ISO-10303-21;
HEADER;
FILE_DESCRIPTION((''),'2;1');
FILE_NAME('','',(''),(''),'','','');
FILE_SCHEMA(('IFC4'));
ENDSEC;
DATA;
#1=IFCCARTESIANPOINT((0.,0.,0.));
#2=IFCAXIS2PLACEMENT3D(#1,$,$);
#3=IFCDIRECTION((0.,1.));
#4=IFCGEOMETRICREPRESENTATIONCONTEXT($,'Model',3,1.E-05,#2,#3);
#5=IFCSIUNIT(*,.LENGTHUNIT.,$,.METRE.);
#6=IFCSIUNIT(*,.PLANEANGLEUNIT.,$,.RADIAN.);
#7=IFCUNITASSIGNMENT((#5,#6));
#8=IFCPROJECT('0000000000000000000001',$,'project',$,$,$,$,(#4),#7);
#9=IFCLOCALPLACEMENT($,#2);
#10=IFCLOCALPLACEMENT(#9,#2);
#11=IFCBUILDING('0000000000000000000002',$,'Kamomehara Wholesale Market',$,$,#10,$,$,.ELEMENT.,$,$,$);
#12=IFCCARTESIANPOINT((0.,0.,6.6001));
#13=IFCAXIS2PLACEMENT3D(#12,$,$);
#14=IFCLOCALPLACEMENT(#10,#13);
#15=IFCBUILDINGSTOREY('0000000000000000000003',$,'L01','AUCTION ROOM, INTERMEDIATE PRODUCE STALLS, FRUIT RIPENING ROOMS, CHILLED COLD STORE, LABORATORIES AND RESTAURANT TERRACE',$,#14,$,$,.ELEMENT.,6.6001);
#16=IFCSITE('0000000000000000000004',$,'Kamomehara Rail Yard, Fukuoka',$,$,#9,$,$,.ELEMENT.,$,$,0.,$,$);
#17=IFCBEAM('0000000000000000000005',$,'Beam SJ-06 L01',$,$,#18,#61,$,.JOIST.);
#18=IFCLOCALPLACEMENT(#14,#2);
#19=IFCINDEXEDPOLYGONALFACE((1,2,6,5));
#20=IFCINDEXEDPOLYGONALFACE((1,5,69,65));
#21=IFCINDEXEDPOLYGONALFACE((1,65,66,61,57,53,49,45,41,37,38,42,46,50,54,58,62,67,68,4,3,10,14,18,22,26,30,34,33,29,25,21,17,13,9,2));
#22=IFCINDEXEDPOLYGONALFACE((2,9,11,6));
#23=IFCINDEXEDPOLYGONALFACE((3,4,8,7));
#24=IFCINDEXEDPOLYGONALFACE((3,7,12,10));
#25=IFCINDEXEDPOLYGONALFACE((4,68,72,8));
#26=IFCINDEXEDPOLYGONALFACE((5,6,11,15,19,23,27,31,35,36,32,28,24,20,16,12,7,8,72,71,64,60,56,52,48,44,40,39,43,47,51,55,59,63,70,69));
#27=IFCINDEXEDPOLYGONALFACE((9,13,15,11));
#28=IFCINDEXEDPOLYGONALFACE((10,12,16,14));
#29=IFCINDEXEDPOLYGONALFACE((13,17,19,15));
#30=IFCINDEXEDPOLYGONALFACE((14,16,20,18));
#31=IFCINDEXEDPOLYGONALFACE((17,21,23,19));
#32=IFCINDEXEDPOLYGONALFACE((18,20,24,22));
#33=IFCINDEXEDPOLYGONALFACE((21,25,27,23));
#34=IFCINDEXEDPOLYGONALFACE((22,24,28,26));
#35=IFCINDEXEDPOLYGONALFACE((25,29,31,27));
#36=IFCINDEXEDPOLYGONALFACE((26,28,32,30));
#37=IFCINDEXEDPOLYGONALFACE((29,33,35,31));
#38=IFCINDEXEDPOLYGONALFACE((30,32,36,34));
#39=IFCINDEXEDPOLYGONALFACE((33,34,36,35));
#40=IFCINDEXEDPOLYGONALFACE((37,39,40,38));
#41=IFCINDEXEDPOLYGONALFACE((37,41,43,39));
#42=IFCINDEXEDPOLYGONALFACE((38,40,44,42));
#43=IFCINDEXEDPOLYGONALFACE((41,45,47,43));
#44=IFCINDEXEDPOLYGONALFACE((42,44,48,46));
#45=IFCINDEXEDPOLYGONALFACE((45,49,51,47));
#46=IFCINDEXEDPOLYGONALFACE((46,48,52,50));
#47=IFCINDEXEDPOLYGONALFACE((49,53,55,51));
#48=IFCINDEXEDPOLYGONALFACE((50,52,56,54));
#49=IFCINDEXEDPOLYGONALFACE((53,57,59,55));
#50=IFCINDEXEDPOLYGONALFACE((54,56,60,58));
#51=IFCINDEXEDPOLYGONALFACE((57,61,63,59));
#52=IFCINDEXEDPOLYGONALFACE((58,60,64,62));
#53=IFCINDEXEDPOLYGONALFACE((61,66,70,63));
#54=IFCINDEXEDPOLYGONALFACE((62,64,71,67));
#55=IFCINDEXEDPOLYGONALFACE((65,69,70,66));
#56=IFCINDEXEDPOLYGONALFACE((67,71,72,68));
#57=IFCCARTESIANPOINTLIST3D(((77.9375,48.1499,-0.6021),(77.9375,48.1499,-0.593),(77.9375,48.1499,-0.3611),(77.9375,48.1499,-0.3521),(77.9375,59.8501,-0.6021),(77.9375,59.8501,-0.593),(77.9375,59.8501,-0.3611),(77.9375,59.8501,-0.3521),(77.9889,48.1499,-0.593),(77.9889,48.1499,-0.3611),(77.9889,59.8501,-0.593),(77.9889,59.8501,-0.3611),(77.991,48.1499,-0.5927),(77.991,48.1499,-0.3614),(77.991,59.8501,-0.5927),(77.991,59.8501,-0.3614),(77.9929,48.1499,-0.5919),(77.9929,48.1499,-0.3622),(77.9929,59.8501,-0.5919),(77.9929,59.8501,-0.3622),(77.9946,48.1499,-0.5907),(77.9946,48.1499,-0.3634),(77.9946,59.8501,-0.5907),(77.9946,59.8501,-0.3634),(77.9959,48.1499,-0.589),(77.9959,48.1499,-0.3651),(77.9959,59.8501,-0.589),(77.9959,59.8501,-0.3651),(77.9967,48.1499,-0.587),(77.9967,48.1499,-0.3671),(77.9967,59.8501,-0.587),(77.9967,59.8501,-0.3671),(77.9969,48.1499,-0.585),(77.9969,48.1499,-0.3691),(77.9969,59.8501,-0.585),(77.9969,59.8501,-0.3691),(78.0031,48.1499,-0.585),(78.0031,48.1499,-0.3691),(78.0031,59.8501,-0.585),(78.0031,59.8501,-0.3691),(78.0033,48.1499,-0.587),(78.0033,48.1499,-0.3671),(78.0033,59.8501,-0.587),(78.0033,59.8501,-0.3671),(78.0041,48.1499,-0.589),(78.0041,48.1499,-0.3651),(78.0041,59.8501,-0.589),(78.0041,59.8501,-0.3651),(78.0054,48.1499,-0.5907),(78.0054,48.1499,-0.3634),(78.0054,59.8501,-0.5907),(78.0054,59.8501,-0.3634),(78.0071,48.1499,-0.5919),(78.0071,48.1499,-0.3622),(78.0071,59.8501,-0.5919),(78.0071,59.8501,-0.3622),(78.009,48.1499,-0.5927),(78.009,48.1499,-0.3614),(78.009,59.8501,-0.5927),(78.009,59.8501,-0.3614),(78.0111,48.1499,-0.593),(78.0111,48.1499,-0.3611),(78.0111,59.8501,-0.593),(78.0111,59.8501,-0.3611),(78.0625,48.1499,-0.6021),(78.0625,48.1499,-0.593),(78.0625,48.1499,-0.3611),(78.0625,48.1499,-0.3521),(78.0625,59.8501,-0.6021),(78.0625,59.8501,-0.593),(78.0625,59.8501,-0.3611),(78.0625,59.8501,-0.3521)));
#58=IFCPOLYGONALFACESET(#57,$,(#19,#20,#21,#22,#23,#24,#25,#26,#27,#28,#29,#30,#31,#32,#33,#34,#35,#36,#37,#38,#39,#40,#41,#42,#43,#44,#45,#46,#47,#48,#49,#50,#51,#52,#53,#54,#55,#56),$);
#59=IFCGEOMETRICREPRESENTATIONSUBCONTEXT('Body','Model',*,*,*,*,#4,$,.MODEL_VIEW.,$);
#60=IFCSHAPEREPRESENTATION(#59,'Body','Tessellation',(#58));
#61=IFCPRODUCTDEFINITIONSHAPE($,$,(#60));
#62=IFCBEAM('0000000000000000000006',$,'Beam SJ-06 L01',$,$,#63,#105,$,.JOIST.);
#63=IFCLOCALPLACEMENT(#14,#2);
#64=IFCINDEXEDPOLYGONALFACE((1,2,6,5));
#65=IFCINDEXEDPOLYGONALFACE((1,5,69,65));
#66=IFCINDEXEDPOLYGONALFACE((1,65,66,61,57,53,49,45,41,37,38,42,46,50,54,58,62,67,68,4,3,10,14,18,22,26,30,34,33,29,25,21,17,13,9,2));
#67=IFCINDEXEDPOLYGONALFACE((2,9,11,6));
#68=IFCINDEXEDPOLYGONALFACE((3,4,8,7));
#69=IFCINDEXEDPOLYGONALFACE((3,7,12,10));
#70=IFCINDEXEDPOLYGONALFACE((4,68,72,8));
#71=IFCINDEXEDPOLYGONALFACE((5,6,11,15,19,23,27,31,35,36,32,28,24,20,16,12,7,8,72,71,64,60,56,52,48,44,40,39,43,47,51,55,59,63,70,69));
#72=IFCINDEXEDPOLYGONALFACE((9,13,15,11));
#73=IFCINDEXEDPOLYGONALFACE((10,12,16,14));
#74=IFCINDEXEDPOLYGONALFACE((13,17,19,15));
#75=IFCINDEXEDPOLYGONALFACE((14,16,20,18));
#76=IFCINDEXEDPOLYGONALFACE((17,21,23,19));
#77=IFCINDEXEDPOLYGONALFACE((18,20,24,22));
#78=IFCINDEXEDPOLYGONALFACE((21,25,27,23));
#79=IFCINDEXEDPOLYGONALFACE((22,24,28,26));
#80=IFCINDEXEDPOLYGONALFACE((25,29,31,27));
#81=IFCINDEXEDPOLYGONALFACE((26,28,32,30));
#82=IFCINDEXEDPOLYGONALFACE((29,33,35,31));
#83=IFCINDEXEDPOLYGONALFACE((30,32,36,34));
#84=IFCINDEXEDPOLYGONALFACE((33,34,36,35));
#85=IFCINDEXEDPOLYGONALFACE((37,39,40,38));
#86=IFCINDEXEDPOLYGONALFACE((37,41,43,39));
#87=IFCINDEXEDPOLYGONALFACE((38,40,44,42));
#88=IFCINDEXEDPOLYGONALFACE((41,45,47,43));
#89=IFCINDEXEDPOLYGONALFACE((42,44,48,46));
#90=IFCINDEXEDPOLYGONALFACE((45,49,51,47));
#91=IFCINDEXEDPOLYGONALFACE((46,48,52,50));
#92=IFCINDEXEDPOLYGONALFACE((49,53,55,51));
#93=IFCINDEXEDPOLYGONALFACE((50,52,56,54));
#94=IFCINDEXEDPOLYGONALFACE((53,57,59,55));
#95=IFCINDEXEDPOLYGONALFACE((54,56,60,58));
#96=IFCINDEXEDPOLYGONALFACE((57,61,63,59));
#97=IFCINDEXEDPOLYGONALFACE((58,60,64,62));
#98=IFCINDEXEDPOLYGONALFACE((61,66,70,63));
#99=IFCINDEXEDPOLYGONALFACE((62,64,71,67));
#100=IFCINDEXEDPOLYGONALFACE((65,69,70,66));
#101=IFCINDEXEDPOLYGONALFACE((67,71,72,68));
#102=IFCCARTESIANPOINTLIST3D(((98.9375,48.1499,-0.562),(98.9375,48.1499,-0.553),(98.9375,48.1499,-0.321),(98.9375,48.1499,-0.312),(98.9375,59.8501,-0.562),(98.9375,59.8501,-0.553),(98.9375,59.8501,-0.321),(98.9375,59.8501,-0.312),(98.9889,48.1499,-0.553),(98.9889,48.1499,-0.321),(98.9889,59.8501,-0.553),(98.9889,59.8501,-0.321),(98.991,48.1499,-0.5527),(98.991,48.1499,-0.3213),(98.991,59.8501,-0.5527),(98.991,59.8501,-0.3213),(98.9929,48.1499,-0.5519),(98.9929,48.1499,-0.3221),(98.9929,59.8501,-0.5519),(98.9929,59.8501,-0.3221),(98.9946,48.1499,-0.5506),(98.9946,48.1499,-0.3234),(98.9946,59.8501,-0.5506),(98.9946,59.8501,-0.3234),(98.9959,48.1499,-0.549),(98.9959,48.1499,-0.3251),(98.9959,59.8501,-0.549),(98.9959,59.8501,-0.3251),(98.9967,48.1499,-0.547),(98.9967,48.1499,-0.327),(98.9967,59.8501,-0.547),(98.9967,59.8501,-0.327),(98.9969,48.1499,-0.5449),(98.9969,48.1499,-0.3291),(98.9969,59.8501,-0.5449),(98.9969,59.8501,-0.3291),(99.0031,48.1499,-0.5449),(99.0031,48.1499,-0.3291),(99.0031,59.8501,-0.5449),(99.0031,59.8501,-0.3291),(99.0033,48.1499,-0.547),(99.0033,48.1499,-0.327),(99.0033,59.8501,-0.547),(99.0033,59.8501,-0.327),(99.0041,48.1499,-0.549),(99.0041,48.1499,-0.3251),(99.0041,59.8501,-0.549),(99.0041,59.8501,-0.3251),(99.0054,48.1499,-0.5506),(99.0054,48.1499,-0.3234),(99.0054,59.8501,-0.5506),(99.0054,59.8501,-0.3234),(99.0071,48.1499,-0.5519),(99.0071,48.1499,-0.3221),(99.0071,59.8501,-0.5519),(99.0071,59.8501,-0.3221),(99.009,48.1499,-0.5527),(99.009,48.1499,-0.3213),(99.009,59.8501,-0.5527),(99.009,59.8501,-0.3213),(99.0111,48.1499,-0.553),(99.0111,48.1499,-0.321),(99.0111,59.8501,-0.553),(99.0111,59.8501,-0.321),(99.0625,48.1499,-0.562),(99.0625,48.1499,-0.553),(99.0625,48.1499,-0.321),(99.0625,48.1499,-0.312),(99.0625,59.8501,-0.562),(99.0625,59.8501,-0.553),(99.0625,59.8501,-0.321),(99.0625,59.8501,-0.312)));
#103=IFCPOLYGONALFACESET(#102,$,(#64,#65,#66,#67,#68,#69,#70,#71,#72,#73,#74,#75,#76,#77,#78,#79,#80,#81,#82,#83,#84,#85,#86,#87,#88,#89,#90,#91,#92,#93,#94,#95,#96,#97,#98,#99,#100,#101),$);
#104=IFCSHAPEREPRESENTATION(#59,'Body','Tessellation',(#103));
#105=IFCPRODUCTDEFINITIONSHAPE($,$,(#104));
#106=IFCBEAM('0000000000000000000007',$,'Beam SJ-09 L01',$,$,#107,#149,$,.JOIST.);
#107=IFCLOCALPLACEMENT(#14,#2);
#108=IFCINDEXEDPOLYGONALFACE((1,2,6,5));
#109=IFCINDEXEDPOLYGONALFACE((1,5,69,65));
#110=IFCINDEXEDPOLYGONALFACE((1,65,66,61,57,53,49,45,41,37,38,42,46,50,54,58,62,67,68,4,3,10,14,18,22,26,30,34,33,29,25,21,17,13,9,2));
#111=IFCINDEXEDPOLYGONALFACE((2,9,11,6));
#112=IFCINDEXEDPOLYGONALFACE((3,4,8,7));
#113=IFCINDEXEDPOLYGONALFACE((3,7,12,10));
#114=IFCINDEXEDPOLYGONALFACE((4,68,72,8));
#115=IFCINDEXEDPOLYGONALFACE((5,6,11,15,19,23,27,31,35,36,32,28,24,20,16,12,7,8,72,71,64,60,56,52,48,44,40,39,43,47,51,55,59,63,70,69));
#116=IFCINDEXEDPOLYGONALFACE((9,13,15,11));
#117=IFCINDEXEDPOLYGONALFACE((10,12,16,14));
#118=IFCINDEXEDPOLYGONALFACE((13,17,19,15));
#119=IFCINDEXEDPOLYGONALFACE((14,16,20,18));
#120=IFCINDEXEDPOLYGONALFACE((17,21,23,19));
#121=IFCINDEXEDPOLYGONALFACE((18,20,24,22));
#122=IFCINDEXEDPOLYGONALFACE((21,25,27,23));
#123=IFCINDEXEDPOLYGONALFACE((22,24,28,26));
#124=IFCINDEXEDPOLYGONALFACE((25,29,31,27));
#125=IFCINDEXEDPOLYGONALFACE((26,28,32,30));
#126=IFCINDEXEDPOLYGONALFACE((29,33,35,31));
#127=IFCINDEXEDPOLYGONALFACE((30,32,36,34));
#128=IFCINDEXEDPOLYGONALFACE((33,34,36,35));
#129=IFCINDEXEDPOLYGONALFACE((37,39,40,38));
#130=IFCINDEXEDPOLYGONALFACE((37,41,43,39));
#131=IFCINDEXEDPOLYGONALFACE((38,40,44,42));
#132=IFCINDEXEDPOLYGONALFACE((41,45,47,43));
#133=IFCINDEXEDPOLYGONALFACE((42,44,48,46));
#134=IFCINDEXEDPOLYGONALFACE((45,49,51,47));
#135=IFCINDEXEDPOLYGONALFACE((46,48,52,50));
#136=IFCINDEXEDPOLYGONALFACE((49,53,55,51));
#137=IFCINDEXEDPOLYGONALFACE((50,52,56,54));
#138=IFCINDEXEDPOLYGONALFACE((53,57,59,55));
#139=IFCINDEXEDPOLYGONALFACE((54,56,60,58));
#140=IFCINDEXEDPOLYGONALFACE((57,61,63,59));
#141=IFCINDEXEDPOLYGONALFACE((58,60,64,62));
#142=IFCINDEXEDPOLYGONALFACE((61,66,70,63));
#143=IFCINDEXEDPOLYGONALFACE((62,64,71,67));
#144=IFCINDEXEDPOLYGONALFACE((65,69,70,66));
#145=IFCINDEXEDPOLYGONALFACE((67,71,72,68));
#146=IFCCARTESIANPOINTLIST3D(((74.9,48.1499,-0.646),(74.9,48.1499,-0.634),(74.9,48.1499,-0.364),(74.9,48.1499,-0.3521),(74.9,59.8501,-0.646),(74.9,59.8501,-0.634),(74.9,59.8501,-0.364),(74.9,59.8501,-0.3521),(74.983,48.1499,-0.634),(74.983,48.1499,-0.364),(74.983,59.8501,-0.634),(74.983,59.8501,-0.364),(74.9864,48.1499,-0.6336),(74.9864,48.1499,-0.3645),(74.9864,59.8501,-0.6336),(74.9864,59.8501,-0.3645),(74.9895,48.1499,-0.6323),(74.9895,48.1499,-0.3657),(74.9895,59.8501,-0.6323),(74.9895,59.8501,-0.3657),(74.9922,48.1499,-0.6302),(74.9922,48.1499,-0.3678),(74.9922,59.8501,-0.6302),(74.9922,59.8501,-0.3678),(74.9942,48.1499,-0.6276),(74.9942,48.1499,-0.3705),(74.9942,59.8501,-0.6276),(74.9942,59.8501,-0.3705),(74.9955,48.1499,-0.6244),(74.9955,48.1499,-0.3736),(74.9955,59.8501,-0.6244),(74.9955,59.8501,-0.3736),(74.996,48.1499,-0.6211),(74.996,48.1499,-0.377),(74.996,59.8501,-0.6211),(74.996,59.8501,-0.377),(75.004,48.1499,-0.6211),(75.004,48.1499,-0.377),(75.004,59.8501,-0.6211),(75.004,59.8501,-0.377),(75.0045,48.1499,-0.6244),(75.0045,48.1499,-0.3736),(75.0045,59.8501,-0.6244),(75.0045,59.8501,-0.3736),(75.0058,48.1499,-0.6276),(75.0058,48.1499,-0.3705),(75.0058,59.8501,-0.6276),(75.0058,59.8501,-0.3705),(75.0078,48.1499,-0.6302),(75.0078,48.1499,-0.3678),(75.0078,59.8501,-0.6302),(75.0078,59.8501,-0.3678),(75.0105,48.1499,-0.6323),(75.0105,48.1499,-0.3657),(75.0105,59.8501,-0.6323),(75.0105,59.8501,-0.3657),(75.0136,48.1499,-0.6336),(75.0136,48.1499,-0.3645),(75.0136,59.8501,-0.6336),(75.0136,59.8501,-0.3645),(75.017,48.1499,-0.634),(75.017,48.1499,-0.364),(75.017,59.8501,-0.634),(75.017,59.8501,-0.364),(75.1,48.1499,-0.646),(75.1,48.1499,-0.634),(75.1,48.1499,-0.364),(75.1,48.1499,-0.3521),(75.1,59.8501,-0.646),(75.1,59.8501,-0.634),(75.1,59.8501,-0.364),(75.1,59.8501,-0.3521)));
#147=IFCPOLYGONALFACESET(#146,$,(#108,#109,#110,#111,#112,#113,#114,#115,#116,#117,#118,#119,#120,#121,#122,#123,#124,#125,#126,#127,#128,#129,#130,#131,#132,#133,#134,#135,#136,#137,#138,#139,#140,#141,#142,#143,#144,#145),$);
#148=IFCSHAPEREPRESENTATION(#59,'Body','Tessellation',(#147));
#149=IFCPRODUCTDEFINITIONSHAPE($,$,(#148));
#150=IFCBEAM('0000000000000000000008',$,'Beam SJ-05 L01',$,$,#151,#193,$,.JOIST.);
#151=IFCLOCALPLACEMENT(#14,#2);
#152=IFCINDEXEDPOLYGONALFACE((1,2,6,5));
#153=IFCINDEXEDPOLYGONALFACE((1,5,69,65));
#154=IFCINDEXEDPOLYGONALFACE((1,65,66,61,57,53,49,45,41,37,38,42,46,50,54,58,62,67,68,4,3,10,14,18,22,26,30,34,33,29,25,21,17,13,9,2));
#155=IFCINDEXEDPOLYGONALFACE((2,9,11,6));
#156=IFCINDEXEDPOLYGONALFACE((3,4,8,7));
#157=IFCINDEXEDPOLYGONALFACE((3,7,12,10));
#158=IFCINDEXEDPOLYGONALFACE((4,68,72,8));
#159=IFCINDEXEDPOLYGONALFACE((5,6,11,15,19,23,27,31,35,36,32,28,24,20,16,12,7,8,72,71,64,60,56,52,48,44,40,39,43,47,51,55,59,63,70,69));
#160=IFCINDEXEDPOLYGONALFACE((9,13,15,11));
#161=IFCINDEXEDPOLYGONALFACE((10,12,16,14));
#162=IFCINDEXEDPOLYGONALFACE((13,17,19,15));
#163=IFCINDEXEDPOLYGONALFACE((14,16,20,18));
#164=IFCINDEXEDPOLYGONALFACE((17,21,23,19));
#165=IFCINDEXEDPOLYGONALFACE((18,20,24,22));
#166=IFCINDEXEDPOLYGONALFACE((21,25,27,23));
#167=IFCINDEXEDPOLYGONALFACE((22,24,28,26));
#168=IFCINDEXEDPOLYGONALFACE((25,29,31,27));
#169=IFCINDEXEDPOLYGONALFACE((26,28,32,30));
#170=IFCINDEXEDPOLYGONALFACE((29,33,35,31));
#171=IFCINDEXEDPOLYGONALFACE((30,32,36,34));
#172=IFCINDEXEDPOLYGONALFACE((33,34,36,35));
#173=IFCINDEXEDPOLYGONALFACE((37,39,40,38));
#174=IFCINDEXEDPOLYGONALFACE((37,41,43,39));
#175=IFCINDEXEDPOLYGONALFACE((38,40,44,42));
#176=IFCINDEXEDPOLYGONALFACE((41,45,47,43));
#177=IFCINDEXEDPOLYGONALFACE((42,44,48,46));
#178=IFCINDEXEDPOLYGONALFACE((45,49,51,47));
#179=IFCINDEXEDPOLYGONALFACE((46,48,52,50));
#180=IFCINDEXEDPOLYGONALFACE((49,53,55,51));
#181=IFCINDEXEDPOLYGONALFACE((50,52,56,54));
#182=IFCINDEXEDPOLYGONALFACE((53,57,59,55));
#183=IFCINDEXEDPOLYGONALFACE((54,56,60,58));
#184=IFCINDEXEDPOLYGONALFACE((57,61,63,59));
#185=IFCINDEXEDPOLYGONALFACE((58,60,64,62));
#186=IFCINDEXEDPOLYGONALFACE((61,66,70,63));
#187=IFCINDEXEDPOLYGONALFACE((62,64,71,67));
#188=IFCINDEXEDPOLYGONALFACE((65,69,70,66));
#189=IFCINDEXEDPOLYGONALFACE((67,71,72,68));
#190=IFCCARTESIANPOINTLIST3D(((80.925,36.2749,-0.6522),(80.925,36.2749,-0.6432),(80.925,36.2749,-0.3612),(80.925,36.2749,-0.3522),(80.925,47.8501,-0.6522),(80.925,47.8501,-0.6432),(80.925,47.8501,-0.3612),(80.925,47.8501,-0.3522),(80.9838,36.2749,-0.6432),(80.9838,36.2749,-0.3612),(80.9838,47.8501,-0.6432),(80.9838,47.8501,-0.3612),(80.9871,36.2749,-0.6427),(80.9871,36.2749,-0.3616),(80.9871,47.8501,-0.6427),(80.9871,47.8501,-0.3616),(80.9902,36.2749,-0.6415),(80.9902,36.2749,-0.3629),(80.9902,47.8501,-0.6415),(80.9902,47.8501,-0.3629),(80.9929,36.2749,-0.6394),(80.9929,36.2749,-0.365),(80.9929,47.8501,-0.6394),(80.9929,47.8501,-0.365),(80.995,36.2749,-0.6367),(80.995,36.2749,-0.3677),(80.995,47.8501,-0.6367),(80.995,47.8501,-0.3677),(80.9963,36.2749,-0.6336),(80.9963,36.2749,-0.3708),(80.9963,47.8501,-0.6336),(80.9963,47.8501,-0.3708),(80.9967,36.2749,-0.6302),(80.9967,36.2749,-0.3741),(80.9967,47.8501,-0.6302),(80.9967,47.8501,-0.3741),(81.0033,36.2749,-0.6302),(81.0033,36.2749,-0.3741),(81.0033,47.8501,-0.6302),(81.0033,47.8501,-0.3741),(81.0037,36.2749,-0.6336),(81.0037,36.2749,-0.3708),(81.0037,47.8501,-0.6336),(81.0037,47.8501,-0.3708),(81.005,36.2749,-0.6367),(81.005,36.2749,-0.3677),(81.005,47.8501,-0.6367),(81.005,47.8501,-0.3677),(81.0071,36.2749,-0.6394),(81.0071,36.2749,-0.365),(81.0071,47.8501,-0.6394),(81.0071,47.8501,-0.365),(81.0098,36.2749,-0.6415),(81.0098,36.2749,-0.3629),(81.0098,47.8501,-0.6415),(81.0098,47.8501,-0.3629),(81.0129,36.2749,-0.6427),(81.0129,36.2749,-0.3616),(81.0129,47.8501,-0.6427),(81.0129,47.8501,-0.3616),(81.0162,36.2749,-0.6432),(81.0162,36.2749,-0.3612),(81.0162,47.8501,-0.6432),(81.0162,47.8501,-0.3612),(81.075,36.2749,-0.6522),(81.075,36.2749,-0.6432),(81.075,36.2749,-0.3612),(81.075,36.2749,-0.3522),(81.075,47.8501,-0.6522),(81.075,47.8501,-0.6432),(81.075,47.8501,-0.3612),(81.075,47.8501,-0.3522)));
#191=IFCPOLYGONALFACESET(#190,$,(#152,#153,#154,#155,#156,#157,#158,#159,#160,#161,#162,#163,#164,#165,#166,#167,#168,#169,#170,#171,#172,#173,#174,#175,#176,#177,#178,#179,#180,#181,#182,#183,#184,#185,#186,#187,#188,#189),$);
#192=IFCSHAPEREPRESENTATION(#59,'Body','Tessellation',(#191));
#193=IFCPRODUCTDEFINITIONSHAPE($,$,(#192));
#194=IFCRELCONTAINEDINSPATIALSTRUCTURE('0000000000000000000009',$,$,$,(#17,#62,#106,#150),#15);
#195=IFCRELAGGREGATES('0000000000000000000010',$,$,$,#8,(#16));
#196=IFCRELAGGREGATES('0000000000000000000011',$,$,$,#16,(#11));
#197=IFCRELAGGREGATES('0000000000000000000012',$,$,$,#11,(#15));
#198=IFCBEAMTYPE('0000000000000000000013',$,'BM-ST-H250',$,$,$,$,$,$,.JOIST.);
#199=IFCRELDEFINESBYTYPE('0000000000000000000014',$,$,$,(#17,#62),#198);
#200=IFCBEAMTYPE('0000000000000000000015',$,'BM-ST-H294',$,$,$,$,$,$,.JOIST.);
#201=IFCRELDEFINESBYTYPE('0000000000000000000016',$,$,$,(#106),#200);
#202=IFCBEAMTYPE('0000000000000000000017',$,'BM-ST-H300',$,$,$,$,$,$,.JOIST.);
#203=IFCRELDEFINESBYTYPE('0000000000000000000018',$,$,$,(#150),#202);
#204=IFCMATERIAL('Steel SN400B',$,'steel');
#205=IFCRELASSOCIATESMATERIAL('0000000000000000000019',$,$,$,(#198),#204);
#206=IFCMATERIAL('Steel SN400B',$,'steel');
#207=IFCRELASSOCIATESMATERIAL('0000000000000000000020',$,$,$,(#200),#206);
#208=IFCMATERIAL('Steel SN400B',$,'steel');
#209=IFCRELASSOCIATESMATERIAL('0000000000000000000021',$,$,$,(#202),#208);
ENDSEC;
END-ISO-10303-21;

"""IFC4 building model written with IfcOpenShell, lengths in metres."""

from ifc_helpers import new_model, si_unit, direction, frame, origin, origin_2d, place, context, subcontext, project, spatial, i_section, extrude, material, material_profile, profile_set, type_object, element, save


model = new_model("IFC4")

# Units and contexts
model_context = context("Model", 3, precision=1e-05, world=origin(), true_north=direction((0.0, 1.0)))
body_context = subcontext(model_context, "Body", "Model", "MODEL_VIEW")
ifc_project = project(units=[si_unit("LENGTHUNIT", "METRE"), si_unit("PLANEANGLEUNIT", "RADIAN")], contexts=[model_context])

# Site, building, storey
site_placement = place(None, origin())
site = spatial("IfcSite", under=ifc_project, at=site_placement, Name="Kamomehara Rail Yard, Fukuoka", CompositionType="ELEMENT", RefElevation=0.0)
building_placement = place(site_placement, origin())
building = spatial("IfcBuilding", under=site, at=building_placement, Name="Kamomehara Wholesale Market", CompositionType="ELEMENT")
storey_placement = place(building_placement, frame((0.0, 0.0, 6.6001)))
storey = spatial("IfcBuildingStorey", under=building, at=storey_placement, Name="L01", Description="AUCTION ROOM, INTERMEDIATE PRODUCE STALLS, FRUIT RIPENING ROOMS, CHILLED COLD STORE, LABORATORIES AND RESTAURANT TERRACE", CompositionType="ELEMENT", Elevation=6.6001)

# Beams
ifc_material_1 = material(Name="Steel SN400B", Category="steel")
ifc_material_profile_1 = material_profile(ifc_material_1, i_section(OverallWidth=0.125, OverallDepth=0.25, WebThickness=0.0061, FlangeThickness=0.009, FilletRadius=0.0081, at=origin_2d()), Name="H-250x125x6x9")
ifc_profile_set_1 = profile_set([ifc_material_profile_1], Name="Steel SN400B")
beam_type_1 = type_object("IfcBeamType", Name="BM-ST-H250", PredefinedType="JOIST", material=ifc_profile_set_1)
for number, where, z_axis, x_axis, name in (
    (1, (78.0, 48.1499, -0.4771), (0.0, 1.0, 0.0), (-1.0, 0.0, 0.0), "Beam SJ-06 L01"),
    (2, (99.0, 48.1499, -0.437), (0.0, 1.0, 0.0), (-1.0, 0.0, 0.0), "Beam SJ-06 L01"),
):
    element("IfcBeam", number, at=place(storey_placement, frame(where, z_axis=z_axis, x_axis=x_axis)), inside=storey, type_object=beam_type_1, Name=name, PredefinedType="JOIST", context=body_context, shape_type="SweptSolid", body=[
        extrude(i_section(OverallWidth=0.125, OverallDepth=0.25, WebThickness=0.0061, FlangeThickness=0.009, FilletRadius=0.0081, at=origin_2d()), origin(), (0.0, 0.0, 1.0), 11.7002),
    ])
ifc_material_2 = material(Name="Steel SN400B", Category="steel")
ifc_material_profile_2 = material_profile(ifc_material_2, i_section(OverallWidth=0.2, OverallDepth=0.2939, WebThickness=0.0081, FlangeThickness=0.012, FilletRadius=0.0129, at=origin_2d()), Name="H-294x200x8x12")
ifc_profile_set_2 = profile_set([ifc_material_profile_2], Name="Steel SN400B")
beam_type_2 = type_object("IfcBeamType", Name="BM-ST-H294", PredefinedType="JOIST", material=ifc_profile_set_2)
beam_1_placement = place(storey_placement, frame((75.0, 48.1499, -0.499), z_axis=(0.0, 1.0, 0.0), x_axis=(-1.0, 0.0, 0.0)))
element("IfcBeam", 3, at=beam_1_placement, inside=storey, type_object=beam_type_2, Name="Beam SJ-09 L01", PredefinedType="JOIST", context=body_context, shape_type="SweptSolid", body=[
    extrude(i_section(OverallWidth=0.2, OverallDepth=0.2939, WebThickness=0.0081, FlangeThickness=0.012, FilletRadius=0.0129, at=origin_2d()), origin(), (0.0, 0.0, 1.0), 11.7002),
])
ifc_material_3 = material(Name="Steel SN400B", Category="steel")
ifc_material_profile_3 = material_profile(ifc_material_3, i_section(OverallWidth=0.1499, OverallDepth=0.3, WebThickness=0.0066, FlangeThickness=0.009, FilletRadius=0.0129, at=origin_2d()), Name="H-300x150x6.5x9")
ifc_profile_set_3 = profile_set([ifc_material_profile_3], Name="Steel SN400B")
beam_type_3 = type_object("IfcBeamType", Name="BM-ST-H300", PredefinedType="JOIST", material=ifc_profile_set_3)
beam_2_placement = place(storey_placement, frame((81.0, 36.2749, -0.5022), z_axis=(0.0, 1.0, 0.0), x_axis=(-1.0, 0.0, 0.0)))
element("IfcBeam", 4, at=beam_2_placement, inside=storey, type_object=beam_type_3, Name="Beam SJ-05 L01", PredefinedType="JOIST", context=body_context, shape_type="SweptSolid", body=[
    extrude(i_section(OverallWidth=0.1499, OverallDepth=0.3, WebThickness=0.0066, FlangeThickness=0.009, FilletRadius=0.0129, at=origin_2d()), origin(), (0.0, 0.0, 1.0), 11.5752),
])

save(model, "model.ifc")
